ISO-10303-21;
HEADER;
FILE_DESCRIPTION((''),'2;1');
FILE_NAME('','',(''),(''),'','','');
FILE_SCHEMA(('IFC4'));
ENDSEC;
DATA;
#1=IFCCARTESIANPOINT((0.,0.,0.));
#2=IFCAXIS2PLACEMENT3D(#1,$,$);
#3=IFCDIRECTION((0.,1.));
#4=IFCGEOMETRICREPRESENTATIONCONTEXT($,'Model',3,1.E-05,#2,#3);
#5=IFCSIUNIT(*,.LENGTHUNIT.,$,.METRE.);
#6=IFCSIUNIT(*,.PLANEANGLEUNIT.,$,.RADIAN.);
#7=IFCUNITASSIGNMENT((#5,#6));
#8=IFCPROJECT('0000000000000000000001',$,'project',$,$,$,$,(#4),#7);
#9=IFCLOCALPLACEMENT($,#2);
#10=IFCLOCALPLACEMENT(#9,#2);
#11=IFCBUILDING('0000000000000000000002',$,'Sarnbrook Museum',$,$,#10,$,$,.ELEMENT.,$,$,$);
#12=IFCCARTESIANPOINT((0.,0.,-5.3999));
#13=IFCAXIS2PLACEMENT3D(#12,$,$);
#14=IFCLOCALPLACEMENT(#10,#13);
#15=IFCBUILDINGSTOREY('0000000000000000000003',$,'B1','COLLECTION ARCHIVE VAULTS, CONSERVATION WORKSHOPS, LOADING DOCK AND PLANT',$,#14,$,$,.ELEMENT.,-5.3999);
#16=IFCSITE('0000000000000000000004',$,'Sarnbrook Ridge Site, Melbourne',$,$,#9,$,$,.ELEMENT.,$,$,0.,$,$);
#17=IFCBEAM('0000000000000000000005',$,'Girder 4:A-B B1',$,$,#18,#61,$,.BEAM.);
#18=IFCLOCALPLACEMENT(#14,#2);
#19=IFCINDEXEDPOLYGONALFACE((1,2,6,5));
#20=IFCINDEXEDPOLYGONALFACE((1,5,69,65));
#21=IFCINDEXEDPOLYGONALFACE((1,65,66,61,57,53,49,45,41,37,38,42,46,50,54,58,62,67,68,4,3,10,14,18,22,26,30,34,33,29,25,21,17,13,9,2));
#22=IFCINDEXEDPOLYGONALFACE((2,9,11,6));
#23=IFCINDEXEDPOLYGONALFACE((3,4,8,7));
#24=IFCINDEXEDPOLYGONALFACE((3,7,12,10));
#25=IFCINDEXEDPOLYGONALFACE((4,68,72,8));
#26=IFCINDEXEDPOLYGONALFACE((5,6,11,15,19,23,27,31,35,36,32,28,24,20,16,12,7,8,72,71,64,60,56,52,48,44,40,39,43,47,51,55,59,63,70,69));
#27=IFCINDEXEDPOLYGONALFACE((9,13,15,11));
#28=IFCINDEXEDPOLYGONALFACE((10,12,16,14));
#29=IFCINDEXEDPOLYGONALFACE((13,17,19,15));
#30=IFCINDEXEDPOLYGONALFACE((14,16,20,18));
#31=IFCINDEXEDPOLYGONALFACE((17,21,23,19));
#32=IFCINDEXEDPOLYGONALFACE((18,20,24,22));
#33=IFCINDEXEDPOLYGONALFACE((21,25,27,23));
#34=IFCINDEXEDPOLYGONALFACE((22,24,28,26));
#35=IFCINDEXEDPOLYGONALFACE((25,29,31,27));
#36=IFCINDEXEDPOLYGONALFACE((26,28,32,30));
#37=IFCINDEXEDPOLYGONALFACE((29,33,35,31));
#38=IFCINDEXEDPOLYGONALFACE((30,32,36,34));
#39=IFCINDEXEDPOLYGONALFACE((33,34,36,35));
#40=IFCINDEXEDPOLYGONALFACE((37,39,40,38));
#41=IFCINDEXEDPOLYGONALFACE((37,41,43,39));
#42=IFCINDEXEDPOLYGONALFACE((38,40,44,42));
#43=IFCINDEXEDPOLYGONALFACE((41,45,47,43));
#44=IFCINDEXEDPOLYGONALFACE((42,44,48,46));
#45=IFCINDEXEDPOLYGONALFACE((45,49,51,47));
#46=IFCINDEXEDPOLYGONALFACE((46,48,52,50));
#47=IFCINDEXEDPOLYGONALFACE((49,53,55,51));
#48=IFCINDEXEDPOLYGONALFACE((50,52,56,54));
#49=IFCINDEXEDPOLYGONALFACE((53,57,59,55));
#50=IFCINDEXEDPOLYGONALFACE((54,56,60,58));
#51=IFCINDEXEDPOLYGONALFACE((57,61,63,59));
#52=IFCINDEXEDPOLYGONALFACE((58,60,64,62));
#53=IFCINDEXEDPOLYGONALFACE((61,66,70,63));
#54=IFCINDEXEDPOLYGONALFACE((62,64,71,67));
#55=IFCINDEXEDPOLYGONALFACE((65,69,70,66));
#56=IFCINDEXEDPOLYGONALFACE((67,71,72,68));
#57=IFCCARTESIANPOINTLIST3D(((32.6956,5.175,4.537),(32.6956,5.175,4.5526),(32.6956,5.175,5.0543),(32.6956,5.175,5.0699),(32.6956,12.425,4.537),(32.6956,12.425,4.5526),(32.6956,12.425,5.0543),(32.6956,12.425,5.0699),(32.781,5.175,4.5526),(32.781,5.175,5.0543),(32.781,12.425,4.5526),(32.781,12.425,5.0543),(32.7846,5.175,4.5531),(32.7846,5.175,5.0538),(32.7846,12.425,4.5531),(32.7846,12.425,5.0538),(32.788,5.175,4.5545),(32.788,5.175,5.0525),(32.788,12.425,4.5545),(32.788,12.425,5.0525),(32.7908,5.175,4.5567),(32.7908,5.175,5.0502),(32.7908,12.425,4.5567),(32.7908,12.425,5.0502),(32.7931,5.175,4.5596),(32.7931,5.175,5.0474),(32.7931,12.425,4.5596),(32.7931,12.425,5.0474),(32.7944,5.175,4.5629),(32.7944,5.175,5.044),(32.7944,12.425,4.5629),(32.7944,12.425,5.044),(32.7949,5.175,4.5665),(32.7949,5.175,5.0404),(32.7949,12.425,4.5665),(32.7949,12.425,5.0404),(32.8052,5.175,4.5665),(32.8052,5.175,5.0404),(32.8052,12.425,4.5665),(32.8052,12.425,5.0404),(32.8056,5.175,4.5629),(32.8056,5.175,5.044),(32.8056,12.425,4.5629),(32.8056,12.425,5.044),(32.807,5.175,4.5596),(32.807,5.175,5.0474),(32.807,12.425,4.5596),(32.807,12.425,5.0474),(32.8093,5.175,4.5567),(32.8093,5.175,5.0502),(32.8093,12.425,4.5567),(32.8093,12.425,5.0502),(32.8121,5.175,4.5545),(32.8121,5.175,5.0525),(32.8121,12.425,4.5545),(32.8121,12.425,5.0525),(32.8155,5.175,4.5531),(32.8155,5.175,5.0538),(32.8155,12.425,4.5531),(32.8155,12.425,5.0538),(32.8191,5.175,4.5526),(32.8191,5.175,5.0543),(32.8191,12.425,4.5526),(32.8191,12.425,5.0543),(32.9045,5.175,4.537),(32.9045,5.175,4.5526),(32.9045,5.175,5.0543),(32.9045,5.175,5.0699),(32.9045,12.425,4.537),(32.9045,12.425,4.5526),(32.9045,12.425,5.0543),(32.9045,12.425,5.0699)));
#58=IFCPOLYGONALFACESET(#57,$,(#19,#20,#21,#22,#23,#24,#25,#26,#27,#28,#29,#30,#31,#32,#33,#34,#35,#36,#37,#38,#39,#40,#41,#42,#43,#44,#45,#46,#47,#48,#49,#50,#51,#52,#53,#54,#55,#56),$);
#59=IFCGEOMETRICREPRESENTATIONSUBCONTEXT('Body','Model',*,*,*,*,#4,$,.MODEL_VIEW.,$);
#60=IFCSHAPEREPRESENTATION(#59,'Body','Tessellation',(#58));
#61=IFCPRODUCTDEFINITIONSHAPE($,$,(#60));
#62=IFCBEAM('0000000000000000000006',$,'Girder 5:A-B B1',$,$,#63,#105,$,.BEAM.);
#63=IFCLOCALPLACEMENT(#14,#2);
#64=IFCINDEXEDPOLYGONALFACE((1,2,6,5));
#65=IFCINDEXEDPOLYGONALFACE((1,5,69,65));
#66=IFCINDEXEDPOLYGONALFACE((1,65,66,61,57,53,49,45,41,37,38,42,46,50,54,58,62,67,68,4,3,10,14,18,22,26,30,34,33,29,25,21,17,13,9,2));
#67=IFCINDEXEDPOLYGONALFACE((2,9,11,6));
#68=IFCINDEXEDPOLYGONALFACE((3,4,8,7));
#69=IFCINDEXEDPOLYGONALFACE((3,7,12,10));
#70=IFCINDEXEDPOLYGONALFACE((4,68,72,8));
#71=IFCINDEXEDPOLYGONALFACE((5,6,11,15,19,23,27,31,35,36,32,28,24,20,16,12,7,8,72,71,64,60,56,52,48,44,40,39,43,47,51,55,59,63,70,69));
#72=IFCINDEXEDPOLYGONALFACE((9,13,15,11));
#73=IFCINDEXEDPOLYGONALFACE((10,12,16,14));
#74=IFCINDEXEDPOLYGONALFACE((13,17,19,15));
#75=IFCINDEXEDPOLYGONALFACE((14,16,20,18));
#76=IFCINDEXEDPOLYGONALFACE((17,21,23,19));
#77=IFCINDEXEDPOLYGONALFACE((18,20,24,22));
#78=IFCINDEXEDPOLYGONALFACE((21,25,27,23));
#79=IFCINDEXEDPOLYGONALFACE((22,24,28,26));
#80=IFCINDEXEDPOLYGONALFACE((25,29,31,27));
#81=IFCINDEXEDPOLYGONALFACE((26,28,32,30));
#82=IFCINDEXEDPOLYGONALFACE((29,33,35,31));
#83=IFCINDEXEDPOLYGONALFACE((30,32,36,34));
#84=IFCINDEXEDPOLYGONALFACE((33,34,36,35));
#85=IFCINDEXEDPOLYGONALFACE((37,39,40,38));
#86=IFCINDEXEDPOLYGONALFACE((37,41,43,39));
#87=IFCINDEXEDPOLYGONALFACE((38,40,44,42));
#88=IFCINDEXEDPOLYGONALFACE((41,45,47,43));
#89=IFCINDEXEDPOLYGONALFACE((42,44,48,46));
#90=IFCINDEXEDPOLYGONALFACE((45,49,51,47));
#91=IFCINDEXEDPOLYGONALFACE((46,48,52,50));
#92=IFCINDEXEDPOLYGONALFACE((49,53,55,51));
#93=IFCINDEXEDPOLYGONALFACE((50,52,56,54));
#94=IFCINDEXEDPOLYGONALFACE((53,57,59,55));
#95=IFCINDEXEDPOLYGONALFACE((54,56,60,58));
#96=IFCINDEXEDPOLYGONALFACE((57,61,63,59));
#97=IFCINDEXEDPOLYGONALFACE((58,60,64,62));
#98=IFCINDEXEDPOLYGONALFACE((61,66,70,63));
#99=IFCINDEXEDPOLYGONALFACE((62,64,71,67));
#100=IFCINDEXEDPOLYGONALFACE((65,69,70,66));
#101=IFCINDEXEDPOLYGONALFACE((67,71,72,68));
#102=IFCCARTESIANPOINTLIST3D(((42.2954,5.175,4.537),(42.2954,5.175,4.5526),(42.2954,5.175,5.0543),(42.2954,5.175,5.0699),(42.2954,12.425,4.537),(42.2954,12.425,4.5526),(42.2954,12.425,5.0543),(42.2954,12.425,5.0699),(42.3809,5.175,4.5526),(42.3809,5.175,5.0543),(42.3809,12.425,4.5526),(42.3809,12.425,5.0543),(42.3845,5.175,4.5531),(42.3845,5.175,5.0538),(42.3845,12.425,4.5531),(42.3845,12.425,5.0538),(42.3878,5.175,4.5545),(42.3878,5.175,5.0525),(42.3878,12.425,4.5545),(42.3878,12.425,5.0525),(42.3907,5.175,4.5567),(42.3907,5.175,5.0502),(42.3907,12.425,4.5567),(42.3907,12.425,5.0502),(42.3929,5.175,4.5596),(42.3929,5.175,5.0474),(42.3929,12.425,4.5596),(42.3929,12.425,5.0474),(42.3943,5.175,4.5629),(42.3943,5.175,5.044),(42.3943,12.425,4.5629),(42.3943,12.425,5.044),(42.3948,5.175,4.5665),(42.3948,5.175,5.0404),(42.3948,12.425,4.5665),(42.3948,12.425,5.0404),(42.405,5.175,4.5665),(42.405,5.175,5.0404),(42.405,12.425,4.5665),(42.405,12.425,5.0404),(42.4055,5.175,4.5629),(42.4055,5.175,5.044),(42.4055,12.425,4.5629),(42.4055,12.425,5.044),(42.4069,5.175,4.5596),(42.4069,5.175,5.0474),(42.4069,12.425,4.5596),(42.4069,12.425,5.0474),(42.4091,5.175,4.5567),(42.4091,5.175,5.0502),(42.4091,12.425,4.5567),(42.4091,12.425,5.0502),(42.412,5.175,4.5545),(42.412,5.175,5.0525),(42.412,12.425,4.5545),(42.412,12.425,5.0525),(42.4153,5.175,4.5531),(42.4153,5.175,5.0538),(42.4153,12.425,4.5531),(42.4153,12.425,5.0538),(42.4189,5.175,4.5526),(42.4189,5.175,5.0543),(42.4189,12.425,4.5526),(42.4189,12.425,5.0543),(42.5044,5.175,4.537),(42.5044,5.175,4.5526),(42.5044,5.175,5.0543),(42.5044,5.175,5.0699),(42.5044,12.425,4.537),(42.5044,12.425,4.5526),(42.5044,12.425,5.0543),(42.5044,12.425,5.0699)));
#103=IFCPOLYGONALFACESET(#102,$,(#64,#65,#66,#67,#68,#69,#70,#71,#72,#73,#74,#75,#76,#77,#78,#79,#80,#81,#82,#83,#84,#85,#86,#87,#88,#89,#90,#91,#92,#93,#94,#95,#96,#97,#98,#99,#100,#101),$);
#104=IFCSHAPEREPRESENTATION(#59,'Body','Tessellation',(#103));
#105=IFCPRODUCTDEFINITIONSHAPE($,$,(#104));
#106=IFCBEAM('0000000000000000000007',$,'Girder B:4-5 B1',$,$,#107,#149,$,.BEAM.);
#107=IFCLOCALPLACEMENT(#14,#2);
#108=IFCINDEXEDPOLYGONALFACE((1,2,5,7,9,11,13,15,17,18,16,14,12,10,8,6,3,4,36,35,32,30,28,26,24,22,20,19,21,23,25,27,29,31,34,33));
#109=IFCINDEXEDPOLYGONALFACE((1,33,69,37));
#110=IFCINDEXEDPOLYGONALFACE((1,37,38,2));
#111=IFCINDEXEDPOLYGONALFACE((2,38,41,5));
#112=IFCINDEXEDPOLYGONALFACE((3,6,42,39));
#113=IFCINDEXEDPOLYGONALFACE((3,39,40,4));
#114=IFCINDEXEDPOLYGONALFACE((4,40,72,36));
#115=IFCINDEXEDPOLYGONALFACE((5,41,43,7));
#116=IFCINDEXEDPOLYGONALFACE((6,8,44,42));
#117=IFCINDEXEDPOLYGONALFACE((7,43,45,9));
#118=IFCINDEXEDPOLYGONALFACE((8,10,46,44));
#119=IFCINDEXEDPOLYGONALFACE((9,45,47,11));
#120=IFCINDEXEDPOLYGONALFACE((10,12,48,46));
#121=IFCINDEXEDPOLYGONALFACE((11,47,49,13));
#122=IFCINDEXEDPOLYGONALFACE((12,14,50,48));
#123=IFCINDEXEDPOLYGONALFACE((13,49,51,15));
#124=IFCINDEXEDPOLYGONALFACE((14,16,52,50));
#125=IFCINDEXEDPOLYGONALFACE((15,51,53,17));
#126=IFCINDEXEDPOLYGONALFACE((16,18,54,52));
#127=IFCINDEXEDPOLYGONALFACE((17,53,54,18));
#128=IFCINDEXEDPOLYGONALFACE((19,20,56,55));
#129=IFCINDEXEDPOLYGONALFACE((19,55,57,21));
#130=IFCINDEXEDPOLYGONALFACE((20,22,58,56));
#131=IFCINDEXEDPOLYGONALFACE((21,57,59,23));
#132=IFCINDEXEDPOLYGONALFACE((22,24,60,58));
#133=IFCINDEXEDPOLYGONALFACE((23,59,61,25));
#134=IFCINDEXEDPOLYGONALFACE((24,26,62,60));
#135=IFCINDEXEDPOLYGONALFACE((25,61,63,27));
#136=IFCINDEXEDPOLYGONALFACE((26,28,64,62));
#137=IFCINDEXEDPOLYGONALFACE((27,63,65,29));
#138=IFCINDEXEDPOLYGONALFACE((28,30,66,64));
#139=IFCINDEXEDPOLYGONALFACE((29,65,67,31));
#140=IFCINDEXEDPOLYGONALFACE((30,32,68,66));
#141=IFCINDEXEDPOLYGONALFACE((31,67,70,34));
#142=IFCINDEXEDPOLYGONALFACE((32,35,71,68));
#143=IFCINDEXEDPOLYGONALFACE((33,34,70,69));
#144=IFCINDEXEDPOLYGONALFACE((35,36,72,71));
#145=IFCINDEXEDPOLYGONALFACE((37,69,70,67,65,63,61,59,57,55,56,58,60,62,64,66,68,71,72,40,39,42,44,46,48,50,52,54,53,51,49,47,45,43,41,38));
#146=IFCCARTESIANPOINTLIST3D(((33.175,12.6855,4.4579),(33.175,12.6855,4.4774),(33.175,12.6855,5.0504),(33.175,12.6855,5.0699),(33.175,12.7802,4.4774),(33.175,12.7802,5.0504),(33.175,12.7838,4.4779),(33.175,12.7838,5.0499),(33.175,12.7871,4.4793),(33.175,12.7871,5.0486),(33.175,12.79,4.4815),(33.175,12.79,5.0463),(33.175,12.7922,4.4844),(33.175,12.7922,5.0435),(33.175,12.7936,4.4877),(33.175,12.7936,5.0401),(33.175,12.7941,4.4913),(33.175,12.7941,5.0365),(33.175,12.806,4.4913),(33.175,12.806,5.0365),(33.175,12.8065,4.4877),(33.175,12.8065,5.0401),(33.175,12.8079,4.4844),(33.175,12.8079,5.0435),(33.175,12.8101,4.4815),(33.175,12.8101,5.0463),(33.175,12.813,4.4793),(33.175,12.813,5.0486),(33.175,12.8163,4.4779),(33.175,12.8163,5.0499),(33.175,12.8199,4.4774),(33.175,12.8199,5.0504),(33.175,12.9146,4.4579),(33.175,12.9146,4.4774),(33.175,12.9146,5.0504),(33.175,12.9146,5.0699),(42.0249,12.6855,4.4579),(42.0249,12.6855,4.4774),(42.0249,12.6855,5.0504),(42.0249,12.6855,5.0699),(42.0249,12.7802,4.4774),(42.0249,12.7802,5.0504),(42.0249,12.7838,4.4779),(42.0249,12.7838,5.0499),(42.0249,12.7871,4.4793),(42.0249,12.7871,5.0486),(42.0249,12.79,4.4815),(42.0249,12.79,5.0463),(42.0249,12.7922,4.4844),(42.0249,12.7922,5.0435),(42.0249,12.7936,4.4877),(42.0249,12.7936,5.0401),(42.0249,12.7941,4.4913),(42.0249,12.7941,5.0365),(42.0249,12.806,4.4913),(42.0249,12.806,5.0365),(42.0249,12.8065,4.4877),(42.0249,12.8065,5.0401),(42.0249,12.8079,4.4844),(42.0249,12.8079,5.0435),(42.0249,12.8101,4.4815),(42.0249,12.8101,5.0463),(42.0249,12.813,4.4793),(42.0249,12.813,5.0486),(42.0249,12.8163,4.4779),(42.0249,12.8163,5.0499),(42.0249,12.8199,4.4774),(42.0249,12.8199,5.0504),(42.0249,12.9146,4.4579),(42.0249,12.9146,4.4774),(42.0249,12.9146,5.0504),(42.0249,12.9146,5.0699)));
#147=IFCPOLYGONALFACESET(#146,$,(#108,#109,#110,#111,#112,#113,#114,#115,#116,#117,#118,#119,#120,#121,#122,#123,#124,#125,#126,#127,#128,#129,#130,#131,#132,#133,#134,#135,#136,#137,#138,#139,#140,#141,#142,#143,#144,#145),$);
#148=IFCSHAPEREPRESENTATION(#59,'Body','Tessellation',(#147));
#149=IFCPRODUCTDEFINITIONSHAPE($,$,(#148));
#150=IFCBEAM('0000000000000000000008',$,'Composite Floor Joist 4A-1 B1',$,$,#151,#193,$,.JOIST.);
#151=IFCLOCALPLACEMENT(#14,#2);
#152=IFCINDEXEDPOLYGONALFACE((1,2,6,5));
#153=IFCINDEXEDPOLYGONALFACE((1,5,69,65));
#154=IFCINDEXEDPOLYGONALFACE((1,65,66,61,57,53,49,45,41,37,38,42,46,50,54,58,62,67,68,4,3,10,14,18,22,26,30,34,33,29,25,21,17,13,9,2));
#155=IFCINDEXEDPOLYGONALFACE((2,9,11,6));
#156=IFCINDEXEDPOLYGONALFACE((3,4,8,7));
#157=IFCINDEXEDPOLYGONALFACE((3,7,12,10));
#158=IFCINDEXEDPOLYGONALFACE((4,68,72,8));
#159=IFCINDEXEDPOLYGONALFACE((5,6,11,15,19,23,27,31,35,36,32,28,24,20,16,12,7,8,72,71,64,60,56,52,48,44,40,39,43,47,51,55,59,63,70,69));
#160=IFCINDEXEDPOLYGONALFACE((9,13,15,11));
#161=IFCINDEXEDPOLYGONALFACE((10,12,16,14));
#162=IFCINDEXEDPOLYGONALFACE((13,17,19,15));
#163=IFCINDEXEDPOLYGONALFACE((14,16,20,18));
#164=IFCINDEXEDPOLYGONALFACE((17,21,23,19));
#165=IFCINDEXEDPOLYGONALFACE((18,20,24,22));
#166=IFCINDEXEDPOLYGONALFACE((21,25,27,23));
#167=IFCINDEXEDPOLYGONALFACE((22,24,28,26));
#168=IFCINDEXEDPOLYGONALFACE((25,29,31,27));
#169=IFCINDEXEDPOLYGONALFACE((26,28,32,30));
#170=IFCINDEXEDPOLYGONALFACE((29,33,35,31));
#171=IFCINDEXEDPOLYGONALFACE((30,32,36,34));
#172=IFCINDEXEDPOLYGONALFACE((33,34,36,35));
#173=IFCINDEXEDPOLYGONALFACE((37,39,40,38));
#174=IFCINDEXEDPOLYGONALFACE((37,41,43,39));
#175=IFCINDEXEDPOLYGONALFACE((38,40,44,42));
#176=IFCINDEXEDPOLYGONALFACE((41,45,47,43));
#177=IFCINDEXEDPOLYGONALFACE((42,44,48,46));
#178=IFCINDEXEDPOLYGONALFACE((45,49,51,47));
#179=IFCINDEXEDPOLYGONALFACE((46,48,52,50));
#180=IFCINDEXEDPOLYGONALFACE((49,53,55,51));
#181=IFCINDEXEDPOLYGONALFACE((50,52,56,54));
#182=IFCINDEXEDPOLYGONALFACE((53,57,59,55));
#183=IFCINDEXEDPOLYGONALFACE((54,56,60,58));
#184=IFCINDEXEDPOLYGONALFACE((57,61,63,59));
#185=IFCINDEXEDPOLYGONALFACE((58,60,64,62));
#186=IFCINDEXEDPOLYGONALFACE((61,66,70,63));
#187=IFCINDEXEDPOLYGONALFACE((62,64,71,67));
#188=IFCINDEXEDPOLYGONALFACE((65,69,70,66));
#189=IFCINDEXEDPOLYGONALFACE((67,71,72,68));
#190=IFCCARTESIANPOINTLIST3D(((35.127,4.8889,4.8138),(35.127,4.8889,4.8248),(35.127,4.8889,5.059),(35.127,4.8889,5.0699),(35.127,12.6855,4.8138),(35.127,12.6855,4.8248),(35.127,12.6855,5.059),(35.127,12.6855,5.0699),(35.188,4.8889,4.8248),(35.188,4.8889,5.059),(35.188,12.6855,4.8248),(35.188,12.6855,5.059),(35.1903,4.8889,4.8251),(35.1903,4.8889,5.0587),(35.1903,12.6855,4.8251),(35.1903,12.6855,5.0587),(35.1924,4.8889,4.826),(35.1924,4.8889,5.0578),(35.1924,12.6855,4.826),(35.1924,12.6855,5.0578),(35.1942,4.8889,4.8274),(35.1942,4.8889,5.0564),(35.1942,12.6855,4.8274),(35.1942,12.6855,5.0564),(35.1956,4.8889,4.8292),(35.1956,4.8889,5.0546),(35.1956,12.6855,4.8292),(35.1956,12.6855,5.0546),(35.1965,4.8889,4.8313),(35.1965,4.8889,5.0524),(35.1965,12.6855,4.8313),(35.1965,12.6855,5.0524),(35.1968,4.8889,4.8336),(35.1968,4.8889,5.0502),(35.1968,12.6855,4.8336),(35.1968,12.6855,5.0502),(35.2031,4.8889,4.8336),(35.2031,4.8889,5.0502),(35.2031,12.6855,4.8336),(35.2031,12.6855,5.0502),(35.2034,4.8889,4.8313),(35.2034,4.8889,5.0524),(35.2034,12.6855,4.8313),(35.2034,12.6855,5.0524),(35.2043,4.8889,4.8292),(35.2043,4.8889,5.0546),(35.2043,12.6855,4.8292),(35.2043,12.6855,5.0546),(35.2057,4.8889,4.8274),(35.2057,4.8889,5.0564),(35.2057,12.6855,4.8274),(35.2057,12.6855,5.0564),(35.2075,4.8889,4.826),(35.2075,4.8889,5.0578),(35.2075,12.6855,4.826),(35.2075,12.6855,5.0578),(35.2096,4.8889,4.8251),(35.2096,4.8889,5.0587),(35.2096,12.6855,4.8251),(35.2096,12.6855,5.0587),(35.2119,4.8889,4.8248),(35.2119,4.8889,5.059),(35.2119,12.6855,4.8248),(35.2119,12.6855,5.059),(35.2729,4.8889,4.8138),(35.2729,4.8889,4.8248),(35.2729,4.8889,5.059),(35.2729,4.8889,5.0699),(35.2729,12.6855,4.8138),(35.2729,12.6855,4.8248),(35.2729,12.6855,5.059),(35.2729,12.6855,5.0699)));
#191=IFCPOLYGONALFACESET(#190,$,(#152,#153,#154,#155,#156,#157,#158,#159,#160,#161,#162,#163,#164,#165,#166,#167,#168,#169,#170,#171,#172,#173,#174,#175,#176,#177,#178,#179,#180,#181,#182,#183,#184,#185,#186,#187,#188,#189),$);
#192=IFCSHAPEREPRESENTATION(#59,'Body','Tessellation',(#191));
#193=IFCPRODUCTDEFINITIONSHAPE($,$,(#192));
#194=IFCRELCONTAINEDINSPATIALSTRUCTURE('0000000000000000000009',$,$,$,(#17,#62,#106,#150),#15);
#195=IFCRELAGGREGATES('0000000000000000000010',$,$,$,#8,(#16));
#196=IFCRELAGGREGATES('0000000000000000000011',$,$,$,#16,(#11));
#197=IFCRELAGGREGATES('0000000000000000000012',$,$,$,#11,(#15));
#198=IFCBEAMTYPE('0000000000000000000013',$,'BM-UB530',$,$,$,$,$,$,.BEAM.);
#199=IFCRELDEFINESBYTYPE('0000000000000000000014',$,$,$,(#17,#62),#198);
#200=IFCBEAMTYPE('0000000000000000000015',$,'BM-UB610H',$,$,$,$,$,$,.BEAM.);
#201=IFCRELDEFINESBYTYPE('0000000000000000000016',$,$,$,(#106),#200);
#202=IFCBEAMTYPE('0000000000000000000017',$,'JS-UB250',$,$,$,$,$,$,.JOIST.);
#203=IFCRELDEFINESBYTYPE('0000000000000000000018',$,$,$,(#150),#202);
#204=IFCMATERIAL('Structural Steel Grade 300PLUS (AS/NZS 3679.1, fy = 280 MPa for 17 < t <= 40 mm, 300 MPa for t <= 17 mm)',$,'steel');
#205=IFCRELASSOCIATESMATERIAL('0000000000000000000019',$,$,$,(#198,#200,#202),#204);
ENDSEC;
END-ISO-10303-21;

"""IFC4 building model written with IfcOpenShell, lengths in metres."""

from ifc_helpers import new_model, si_unit, direction, frame, origin, origin_2d, place, context, subcontext, project, spatial, i_section, extrude, material, material_profile, profile_set, type_object, element, save


model = new_model("IFC4")

# Units and contexts
model_context = context("Model", 3, precision=1e-05, world=origin(), true_north=direction((0.0, 1.0)))
body_context = subcontext(model_context, "Body", "Model", "MODEL_VIEW")
ifc_project = project(units=[si_unit("LENGTHUNIT", "METRE"), si_unit("PLANEANGLEUNIT", "RADIAN")], contexts=[model_context])

# Site, building, storey
site_placement = place(None, origin())
site = spatial("IfcSite", under=ifc_project, at=site_placement, Name="Sarnbrook Ridge Site, Melbourne", CompositionType="ELEMENT", RefElevation=0.0)
building_placement = place(site_placement, origin())
building = spatial("IfcBuilding", under=site, at=building_placement, Name="Sarnbrook Museum", CompositionType="ELEMENT")
storey_placement = place(building_placement, frame((0.0, 0.0, -5.3999)))
storey = spatial("IfcBuildingStorey", under=building, at=storey_placement, Name="B1", Description="COLLECTION ARCHIVE VAULTS, CONSERVATION WORKSHOPS, LOADING DOCK AND PLANT", CompositionType="ELEMENT", Elevation=-5.3999)

# Beams
ifc_material_1 = material(Name="Structural Steel Grade 300PLUS (AS/NZS 3679.1, fy = 280 MPa for 17 < t <= 40 mm, 300 MPa for t <= 17 mm)", Category="steel")
ifc_material_profile_1 = material_profile(ifc_material_1, i_section(OverallWidth=0.209, OverallDepth=0.533, WebThickness=0.0103, FlangeThickness=0.0156, FilletRadius=0.0139, at=origin_2d()), Name="530UB92.4")
ifc_profile_set_1 = profile_set([ifc_material_profile_1], Name="Structural Steel Grade 300PLUS (AS/NZS 3679.1, fy = 280 MPa for 17 < t <= 40 mm, 300 MPa for t <= 17 mm)")
beam_type_1 = type_object("IfcBeamType", Name="BM-UB530", PredefinedType="BEAM", material=ifc_profile_set_1)
for number, where, z_axis, x_axis, name in (
    (1, (32.8, 5.175, 4.8035), (0.0, 1.0, 0.0), (-1.0, 0.0, 0.0), "Girder 4:A-B B1"),
    (2, (42.3999, 5.175, 4.8035), (0.0, 1.0, 0.0), (-1.0, 0.0, 0.0), "Girder 5:A-B B1"),
):
    element("IfcBeam", number, at=place(storey_placement, frame(where, z_axis=z_axis, x_axis=x_axis)), inside=storey, type_object=beam_type_1, Name=name, PredefinedType="BEAM", context=body_context, shape_type="SweptSolid", body=[
        extrude(i_section(OverallWidth=0.209, OverallDepth=0.533, WebThickness=0.0103, FlangeThickness=0.0156, FilletRadius=0.0139, at=origin_2d()), origin(), (0.0, 0.0, 1.0), 7.25),
    ])
ifc_material_profile_2 = material_profile(ifc_material_1, i_section(OverallWidth=0.229, OverallDepth=0.6121, WebThickness=0.012, FlangeThickness=0.0195, FilletRadius=0.0139, at=origin_2d()), Name="610UB125")
ifc_profile_set_2 = profile_set([ifc_material_profile_2], Name="Structural Steel Grade 300PLUS (AS/NZS 3679.1, fy = 280 MPa for 17 < t <= 40 mm, 300 MPa for t <= 17 mm)")
beam_type_2 = type_object("IfcBeamType", Name="BM-UB610H", PredefinedType="BEAM", material=ifc_profile_set_2)
beam_1_placement = place(storey_placement, frame((33.175, 12.8, 4.7639), z_axis=(1.0, 0.0, 0.0), x_axis=(0.0, 1.0, 0.0)))
element("IfcBeam", 3, at=beam_1_placement, inside=storey, type_object=beam_type_2, Name="Girder B:4-5 B1", PredefinedType="BEAM", context=body_context, shape_type="SweptSolid", body=[
    extrude(i_section(OverallWidth=0.229, OverallDepth=0.6121, WebThickness=0.012, FlangeThickness=0.0195, FilletRadius=0.0139, at=origin_2d()), origin(), (0.0, 0.0, 1.0), 8.8499),
])
ifc_material_profile_3 = material_profile(ifc_material_1, i_section(OverallWidth=0.146, OverallDepth=0.2561, WebThickness=0.0063, FlangeThickness=0.011, FilletRadius=0.0088, at=origin_2d()), Name="250UB37.3")
ifc_profile_set_3 = profile_set([ifc_material_profile_3], Name="Structural Steel Grade 300PLUS (AS/NZS 3679.1, fy = 280 MPa for 17 < t <= 40 mm, 300 MPa for t <= 17 mm)")
beam_type_3 = type_object("IfcBeamType", Name="JS-UB250", PredefinedType="JOIST", material=ifc_profile_set_3)
for number, where, z_axis, x_axis, name in (
    (4, (35.2, 4.8889, 4.9419), (0.0, 1.0, 0.0), (-1.0, 0.0, 0.0), "Composite Floor Joist 4A-1 B1"),
):
    element("IfcBeam", number, at=place(storey_placement, frame(where, z_axis=z_axis, x_axis=x_axis)), inside=storey, type_object=beam_type_3, Name=name, PredefinedType="JOIST", context=body_context, shape_type="SweptSolid", body=[
        extrude(i_section(OverallWidth=0.146, OverallDepth=0.2561, WebThickness=0.0063, FlangeThickness=0.011, FilletRadius=0.0088, at=origin_2d()), origin(), (0.0, 0.0, 1.0), 7.7966),
    ])

save(model, "model.ifc")
